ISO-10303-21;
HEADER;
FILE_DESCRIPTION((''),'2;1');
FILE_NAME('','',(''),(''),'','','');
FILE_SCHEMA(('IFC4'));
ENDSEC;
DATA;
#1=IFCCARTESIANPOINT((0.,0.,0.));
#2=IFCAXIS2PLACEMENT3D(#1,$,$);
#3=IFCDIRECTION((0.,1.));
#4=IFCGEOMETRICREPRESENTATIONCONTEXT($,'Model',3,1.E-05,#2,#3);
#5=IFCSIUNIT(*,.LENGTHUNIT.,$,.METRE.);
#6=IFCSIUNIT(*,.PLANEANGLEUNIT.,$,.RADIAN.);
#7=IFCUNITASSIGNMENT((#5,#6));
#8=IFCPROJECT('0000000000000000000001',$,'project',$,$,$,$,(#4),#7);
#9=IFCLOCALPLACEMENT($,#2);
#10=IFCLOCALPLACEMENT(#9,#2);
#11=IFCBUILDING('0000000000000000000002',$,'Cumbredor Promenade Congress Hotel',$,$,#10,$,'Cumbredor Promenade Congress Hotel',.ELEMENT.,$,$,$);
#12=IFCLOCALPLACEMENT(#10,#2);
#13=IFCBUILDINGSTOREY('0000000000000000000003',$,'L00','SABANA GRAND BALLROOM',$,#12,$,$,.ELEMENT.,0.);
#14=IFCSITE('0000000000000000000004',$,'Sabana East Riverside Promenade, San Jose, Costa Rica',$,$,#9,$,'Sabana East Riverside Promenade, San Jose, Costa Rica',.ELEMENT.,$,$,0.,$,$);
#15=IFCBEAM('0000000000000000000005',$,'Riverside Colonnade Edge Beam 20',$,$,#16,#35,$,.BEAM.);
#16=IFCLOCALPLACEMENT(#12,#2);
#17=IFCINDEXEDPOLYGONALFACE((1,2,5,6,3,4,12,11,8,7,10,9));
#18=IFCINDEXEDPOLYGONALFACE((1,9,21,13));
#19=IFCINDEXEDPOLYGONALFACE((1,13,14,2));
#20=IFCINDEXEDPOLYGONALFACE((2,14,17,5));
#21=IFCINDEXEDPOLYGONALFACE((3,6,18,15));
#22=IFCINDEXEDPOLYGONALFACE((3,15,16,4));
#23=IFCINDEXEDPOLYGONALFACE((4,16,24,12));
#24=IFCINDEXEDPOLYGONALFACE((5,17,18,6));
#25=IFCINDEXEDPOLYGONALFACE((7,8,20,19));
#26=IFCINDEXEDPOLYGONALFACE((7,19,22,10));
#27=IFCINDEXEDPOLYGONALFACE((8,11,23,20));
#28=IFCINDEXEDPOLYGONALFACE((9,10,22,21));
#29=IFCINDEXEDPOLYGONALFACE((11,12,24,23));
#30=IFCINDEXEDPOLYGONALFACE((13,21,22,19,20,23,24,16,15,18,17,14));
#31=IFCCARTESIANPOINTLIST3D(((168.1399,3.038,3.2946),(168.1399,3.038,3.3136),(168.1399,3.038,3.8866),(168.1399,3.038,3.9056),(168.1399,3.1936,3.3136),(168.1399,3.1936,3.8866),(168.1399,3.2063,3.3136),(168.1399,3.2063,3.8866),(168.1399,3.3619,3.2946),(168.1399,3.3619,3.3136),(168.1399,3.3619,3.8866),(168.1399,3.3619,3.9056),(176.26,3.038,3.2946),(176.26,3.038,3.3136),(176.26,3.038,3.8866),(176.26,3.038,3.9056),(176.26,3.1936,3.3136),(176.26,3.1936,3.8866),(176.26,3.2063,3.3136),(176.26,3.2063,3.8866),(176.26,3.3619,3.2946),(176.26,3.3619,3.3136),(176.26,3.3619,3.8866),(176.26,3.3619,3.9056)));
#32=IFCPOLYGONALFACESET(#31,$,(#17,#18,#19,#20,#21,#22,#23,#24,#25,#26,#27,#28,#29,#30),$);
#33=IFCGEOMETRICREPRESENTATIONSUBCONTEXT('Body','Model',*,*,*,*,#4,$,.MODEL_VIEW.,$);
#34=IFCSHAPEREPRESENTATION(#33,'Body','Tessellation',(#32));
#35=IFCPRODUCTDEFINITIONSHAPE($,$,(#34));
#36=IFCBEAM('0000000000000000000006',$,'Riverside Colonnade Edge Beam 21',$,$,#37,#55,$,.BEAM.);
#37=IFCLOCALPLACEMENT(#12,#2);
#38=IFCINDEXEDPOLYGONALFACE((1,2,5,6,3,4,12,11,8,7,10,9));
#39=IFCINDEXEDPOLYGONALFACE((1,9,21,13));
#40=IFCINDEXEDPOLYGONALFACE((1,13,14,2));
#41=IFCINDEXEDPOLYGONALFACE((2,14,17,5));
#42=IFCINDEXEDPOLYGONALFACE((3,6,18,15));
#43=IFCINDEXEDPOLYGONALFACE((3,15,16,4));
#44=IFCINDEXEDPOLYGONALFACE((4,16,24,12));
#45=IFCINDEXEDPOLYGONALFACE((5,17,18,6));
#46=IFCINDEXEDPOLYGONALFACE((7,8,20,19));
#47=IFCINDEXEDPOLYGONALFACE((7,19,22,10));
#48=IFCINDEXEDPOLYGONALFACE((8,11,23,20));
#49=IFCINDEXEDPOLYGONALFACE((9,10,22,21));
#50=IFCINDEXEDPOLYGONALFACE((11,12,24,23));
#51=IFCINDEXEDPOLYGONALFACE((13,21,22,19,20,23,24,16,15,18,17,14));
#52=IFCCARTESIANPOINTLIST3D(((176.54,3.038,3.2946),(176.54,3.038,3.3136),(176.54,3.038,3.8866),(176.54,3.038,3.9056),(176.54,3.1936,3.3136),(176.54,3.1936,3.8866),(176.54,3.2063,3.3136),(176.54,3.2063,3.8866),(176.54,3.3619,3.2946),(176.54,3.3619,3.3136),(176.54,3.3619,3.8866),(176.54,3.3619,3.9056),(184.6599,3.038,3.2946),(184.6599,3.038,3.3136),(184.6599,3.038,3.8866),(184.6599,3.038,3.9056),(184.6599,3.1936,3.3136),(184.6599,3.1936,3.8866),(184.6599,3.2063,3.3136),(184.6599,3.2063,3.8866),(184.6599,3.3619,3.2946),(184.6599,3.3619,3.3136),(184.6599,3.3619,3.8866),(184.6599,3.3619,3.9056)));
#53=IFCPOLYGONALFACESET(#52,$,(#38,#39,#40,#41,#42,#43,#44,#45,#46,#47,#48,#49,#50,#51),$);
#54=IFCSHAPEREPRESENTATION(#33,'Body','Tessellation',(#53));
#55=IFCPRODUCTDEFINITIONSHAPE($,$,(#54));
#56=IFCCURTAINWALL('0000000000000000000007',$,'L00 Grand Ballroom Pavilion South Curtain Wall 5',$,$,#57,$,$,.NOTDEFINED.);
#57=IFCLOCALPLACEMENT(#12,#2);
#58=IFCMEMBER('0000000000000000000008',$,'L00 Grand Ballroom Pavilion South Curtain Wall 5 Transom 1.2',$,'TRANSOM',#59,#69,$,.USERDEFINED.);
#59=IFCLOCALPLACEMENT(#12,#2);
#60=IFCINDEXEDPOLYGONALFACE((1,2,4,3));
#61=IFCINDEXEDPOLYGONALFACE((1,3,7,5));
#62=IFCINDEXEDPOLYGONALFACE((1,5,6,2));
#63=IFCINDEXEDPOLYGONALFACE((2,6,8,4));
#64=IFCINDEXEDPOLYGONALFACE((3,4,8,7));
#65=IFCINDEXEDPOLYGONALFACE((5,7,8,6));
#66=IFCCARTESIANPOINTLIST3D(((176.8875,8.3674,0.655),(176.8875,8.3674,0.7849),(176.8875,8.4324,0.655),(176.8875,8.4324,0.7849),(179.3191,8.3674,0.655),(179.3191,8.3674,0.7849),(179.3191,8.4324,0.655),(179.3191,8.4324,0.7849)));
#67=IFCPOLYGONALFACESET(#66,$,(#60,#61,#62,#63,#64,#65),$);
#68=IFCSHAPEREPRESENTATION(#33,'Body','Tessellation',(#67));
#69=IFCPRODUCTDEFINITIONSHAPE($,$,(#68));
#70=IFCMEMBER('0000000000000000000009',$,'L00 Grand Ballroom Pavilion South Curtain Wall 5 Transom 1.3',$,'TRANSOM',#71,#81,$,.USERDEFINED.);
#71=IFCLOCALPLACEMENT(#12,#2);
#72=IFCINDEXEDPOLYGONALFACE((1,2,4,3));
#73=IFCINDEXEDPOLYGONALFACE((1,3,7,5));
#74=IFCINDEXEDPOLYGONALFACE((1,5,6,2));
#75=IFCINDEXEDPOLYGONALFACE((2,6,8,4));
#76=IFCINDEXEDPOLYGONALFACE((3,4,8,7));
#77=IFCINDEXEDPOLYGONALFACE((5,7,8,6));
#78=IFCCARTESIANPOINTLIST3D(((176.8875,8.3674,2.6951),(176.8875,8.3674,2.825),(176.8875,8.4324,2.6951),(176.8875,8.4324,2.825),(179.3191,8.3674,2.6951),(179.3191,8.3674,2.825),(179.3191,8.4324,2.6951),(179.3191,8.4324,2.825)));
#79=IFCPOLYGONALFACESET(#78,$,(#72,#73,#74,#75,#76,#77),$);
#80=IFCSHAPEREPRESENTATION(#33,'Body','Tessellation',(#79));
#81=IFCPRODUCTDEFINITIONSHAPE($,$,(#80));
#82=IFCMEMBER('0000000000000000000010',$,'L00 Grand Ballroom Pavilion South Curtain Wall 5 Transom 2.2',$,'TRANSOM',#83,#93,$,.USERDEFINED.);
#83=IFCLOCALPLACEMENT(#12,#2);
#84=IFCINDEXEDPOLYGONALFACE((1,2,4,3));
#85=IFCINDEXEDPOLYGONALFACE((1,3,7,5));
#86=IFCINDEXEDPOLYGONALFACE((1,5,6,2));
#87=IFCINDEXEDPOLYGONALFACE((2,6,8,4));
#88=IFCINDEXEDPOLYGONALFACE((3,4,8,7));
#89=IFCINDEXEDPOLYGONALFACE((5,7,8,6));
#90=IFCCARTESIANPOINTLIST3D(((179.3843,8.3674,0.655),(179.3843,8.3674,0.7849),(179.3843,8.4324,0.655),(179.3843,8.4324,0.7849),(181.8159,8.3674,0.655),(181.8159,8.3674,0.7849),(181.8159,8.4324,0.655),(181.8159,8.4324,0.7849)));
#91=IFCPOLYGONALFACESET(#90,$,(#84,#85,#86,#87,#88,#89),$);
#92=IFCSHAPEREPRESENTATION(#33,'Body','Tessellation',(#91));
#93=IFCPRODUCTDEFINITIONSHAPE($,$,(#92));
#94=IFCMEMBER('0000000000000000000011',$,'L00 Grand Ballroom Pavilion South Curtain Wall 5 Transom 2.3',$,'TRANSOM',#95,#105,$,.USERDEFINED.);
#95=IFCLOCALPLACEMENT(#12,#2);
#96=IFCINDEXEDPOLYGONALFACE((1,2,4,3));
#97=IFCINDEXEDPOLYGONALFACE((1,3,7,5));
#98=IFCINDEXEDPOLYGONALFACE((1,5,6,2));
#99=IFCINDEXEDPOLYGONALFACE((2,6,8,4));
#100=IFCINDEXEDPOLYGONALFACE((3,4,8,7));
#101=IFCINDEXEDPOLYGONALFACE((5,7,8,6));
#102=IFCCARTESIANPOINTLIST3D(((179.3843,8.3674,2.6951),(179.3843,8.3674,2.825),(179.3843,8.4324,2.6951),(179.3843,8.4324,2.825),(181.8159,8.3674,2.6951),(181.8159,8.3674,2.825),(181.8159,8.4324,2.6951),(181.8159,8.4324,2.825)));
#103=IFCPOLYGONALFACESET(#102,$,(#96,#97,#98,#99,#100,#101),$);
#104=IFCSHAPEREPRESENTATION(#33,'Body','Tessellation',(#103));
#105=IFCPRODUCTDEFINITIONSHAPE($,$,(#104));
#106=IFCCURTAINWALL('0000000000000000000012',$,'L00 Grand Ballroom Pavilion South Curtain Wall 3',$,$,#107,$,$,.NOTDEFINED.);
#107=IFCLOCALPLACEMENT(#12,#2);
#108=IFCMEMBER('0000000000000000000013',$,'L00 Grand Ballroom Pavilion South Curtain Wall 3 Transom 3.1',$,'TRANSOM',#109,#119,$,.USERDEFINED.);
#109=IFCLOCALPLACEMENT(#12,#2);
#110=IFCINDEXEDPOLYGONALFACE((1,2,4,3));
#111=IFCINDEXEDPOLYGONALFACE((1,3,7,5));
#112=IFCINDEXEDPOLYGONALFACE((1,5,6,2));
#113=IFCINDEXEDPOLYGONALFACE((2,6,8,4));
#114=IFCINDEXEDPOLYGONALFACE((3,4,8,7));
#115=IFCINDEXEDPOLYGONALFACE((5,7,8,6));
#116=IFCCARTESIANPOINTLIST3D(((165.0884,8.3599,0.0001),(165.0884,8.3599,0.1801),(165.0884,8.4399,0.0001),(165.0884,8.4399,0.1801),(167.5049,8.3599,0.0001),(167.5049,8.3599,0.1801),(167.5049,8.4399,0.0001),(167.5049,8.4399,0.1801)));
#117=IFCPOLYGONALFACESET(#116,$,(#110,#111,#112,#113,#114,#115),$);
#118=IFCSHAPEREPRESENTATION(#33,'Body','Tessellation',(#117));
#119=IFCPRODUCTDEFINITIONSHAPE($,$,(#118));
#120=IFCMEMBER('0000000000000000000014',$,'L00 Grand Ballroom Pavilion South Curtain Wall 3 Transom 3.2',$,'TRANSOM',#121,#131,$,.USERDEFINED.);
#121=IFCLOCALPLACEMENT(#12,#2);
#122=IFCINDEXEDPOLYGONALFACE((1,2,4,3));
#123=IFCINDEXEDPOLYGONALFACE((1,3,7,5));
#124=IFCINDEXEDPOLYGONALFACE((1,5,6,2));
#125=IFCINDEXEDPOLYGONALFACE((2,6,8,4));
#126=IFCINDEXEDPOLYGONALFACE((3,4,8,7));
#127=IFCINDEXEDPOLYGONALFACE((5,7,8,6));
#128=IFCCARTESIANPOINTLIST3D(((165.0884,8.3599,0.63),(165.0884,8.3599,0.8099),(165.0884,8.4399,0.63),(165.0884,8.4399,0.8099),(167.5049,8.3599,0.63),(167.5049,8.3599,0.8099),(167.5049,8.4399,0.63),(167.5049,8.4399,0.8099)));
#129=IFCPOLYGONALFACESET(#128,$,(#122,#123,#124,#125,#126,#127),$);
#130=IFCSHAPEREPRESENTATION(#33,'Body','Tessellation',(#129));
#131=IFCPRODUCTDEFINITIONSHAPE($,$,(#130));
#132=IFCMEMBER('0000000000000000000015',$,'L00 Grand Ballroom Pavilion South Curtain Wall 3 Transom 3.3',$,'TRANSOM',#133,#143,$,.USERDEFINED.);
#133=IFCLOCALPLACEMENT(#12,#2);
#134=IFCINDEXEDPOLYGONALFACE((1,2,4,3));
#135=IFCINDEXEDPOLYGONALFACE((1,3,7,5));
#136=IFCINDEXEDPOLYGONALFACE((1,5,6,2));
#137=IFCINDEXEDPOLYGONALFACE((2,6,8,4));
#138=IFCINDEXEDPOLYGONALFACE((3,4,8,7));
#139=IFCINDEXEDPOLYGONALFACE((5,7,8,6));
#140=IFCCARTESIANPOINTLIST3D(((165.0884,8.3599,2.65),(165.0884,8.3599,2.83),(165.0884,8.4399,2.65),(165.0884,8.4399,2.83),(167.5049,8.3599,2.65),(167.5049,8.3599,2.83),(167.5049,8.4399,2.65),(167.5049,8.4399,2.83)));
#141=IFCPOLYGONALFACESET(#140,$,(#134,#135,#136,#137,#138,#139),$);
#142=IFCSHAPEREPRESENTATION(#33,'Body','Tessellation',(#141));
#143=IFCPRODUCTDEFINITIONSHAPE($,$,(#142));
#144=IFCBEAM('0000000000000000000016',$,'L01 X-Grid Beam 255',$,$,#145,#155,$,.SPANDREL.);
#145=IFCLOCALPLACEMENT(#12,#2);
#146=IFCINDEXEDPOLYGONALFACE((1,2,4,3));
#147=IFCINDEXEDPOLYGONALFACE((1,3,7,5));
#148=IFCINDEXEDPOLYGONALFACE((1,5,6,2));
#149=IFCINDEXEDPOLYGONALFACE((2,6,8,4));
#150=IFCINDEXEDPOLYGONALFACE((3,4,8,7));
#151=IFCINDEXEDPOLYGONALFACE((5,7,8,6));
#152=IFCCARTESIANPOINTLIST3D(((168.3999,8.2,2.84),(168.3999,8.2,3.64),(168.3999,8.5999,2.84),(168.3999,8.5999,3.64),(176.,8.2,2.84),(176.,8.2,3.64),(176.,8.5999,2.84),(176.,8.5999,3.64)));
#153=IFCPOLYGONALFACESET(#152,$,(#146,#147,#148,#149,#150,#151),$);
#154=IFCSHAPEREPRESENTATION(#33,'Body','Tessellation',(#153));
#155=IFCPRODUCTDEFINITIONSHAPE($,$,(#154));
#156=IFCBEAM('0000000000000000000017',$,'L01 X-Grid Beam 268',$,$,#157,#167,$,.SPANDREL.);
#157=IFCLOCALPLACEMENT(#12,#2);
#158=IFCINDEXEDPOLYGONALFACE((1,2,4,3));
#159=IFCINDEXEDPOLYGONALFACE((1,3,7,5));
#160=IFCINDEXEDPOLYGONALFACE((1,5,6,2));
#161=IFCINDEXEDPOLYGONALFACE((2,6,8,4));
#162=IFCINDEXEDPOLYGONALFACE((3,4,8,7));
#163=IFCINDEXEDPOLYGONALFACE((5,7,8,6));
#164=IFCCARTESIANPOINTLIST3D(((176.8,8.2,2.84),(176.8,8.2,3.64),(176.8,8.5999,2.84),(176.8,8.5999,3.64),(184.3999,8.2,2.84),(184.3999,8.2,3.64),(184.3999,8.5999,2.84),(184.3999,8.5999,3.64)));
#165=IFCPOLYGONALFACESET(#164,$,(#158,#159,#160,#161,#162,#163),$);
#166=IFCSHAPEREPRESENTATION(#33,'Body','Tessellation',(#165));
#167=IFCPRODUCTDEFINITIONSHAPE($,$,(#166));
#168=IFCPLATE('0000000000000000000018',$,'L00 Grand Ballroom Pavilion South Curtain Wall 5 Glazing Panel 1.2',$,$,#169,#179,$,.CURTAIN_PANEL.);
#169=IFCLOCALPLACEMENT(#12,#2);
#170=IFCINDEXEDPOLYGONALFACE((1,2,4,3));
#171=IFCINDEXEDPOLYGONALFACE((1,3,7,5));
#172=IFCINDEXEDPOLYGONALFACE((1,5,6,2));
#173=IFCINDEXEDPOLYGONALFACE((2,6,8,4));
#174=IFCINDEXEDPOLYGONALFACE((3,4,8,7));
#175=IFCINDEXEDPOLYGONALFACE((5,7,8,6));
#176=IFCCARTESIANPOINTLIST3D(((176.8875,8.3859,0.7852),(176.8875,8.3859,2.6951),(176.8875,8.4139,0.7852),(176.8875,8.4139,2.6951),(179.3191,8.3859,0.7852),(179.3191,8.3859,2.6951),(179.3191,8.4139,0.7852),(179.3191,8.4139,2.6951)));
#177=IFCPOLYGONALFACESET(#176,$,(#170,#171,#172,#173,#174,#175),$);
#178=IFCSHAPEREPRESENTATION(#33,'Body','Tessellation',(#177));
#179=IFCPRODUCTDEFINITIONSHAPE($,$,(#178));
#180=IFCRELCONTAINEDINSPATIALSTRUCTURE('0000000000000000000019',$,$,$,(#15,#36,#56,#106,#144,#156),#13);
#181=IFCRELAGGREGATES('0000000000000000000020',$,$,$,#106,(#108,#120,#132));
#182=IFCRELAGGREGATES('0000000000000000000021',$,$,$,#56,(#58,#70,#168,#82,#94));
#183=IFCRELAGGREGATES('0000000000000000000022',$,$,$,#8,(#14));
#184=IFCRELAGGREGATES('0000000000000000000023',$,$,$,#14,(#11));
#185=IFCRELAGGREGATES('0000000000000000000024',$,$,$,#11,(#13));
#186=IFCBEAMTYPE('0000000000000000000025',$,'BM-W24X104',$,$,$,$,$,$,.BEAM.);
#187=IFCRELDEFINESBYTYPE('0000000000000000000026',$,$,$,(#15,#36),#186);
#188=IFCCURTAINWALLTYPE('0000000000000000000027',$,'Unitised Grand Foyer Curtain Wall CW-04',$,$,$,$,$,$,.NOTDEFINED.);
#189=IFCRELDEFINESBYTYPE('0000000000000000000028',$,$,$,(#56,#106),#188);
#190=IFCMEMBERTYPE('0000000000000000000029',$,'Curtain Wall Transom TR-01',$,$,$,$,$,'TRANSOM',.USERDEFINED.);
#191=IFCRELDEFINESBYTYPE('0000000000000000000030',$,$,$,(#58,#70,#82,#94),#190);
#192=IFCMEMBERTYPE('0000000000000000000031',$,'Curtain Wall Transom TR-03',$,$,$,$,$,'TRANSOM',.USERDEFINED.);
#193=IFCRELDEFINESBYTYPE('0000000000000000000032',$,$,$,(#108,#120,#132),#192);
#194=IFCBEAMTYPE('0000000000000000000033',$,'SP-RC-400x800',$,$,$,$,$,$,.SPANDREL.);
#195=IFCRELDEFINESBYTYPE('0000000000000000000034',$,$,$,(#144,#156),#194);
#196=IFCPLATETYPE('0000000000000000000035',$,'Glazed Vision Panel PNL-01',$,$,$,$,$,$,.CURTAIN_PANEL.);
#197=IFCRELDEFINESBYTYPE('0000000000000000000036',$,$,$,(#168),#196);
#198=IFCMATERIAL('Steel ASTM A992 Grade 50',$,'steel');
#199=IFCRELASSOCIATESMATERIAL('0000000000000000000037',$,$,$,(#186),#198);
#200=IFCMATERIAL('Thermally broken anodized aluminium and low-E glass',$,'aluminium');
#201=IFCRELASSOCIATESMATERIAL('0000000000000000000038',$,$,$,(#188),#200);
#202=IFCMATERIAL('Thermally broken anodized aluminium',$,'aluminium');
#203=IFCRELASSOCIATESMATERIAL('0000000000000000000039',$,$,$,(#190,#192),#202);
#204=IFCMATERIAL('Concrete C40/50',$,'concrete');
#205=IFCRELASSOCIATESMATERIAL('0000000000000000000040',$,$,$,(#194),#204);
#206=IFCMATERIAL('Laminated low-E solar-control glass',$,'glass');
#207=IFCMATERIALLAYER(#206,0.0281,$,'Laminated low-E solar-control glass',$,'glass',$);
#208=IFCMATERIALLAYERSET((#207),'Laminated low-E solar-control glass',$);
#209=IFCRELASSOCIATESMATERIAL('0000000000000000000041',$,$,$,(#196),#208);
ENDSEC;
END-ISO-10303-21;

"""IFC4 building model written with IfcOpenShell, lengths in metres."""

from ifc_helpers import new_model, si_unit, direction, frame, origin, origin_2d, place, context, subcontext, project, spatial, rectangle, i_section, extrude, material, layer, layer_set, material_profile, profile_set, type_object, element, aggregate, save


model = new_model("IFC4")

# Units and contexts
model_context = context("Model", 3, precision=1e-05, world=origin(), true_north=direction((0.0, 1.0)))
body_context = subcontext(model_context, "Body", "Model", "MODEL_VIEW")
ifc_project = project(units=[si_unit("LENGTHUNIT", "METRE"), si_unit("PLANEANGLEUNIT", "RADIAN")], contexts=[model_context])

# Site, building, storey
site_placement = place(None, origin())
site = spatial("IfcSite", under=ifc_project, at=site_placement, Name="Sabana East Riverside Promenade, San Jose, Costa Rica", LongName="Sabana East Riverside Promenade, San Jose, Costa Rica", CompositionType="ELEMENT", RefElevation=0.0)
building_placement = place(site_placement, origin())
building = spatial("IfcBuilding", under=site, at=building_placement, Name="Cumbredor Promenade Congress Hotel", LongName="Cumbredor Promenade Congress Hotel", CompositionType="ELEMENT")
storey_placement = place(building_placement, origin())
storey = spatial("IfcBuildingStorey", under=building, at=storey_placement, Name="L00", Description="SABANA GRAND BALLROOM", CompositionType="ELEMENT", Elevation=0.0)

# Beams
ifc_material_1 = material(Name="Steel ASTM A992 Grade 50", Category="steel")
ifc_material_profile_1 = material_profile(ifc_material_1, i_section(OverallWidth=0.324, OverallDepth=0.6111, WebThickness=0.0127, FlangeThickness=0.019, at=origin_2d()), Name="W24X104")
ifc_profile_set_1 = profile_set([ifc_material_profile_1], Name="Steel ASTM A992 Grade 50")
beam_type_1 = type_object("IfcBeamType", Name="BM-W24X104", PredefinedType="BEAM", material=ifc_profile_set_1)
beam_1_placement = place(storey_placement, frame((168.1399, 3.2, 3.6001), z_axis=(1.0, 0.0, 0.0), x_axis=(0.0, 1.0, 0.0)))
element("IfcBeam", 1, at=beam_1_placement, inside=storey, type_object=beam_type_1, Name="Riverside Colonnade Edge Beam 20", PredefinedType="BEAM", context=body_context, shape_type="SweptSolid", body=[
    extrude(i_section(OverallWidth=0.324, OverallDepth=0.6111, WebThickness=0.0127, FlangeThickness=0.019, at=origin_2d()), origin(), (0.0, 0.0, 1.0), 8.1201),
])
beam_2_placement = place(storey_placement, frame((176.54, 3.2, 3.6001), z_axis=(1.0, 0.0, 0.0), x_axis=(0.0, 1.0, 0.0)))
element("IfcBeam", 2, at=beam_2_placement, inside=storey, type_object=beam_type_1, Name="Riverside Colonnade Edge Beam 21", PredefinedType="BEAM", context=body_context, shape_type="SweptSolid", body=[
    extrude(i_section(OverallWidth=0.324, OverallDepth=0.6111, WebThickness=0.0127, FlangeThickness=0.019, at=origin_2d()), origin(), (0.0, 0.0, 1.0), 8.1199),
])

# Curtain walls, members
ifc_material_2 = material(Name="Thermally broken anodized aluminium and low-E glass", Category="aluminium")
curtain_wall_type = type_object("IfcCurtainWallType", Name="Unitised Grand Foyer Curtain Wall CW-04", PredefinedType="NOTDEFINED", material=ifc_material_2)
curtain_wall_1_placement = place(storey_placement, origin())
curtain_wall_1 = element("IfcCurtainWall", 3, at=curtain_wall_1_placement, inside=storey, type_object=curtain_wall_type, Name="L00 Grand Ballroom Pavilion South Curtain Wall 5", PredefinedType="NOTDEFINED")
ifc_material_3 = material(Name="Thermally broken anodized aluminium", Category="aluminium")
ifc_material_profile_2 = material_profile(ifc_material_3, rectangle(XDim=0.0649, YDim=0.1299, at=origin_2d()), Name="ALU TRANSOM 65x130")
ifc_profile_set_2 = profile_set([ifc_material_profile_2], Name="Thermally broken anodized aluminium")
member_type_1 = type_object("IfcMemberType", Name="Curtain Wall Transom TR-01", ElementType="TRANSOM", PredefinedType="USERDEFINED", material=ifc_profile_set_2)
member_1_placement = place(storey_placement, frame((176.8875, 8.3999, 0.72), z_axis=(1.0, 0.0, 0.0), x_axis=(0.0, 1.0, 0.0)))
member_1 = element("IfcMember", 4, at=member_1_placement, type_object=member_type_1, Name="L00 Grand Ballroom Pavilion South Curtain Wall 5 Transom 1.2", ObjectType="TRANSOM", PredefinedType="USERDEFINED", context=body_context, shape_type="SweptSolid", body=[
    extrude(rectangle(XDim=0.0649, YDim=0.1299, at=origin_2d()), origin(), (0.0, 0.0, 1.0), 2.4316),
])
member_2_placement = place(storey_placement, frame((176.8875, 8.3999, 2.76), z_axis=(1.0, 0.0, 0.0), x_axis=(0.0, 1.0, 0.0)))
member_2 = element("IfcMember", 5, at=member_2_placement, type_object=member_type_1, Name="L00 Grand Ballroom Pavilion South Curtain Wall 5 Transom 1.3", ObjectType="TRANSOM", PredefinedType="USERDEFINED", context=body_context, shape_type="SweptSolid", body=[
    extrude(rectangle(XDim=0.0649, YDim=0.1299, at=origin_2d()), origin(), (0.0, 0.0, 1.0), 2.4316),
])
member_3_placement = place(storey_placement, frame((179.3843, 8.3999, 0.72), z_axis=(1.0, 0.0, 0.0), x_axis=(0.0, 1.0, 0.0)))
member_3 = element("IfcMember", 6, at=member_3_placement, type_object=member_type_1, Name="L00 Grand Ballroom Pavilion South Curtain Wall 5 Transom 2.2", ObjectType="TRANSOM", PredefinedType="USERDEFINED", context=body_context, shape_type="SweptSolid", body=[
    extrude(rectangle(XDim=0.0649, YDim=0.1299, at=origin_2d()), origin(), (0.0, 0.0, 1.0), 2.4316),
])
member_4_placement = place(storey_placement, frame((179.3843, 8.3999, 2.76), z_axis=(1.0, 0.0, 0.0), x_axis=(0.0, 1.0, 0.0)))
member_4 = element("IfcMember", 7, at=member_4_placement, type_object=member_type_1, Name="L00 Grand Ballroom Pavilion South Curtain Wall 5 Transom 2.3", ObjectType="TRANSOM", PredefinedType="USERDEFINED", context=body_context, shape_type="SweptSolid", body=[
    extrude(rectangle(XDim=0.0649, YDim=0.1299, at=origin_2d()), origin(), (0.0, 0.0, 1.0), 2.4316),
])
curtain_wall_2_placement = place(storey_placement, origin())
curtain_wall_2 = element("IfcCurtainWall", 8, at=curtain_wall_2_placement, inside=storey, type_object=curtain_wall_type, Name="L00 Grand Ballroom Pavilion South Curtain Wall 3", PredefinedType="NOTDEFINED")
ifc_material_profile_3 = material_profile(ifc_material_3, rectangle(XDim=0.0801, YDim=0.1799, at=origin_2d()), Name="ALU TRANSOM 80x180")
ifc_profile_set_3 = profile_set([ifc_material_profile_3], Name="Thermally broken anodized aluminium")
member_type_2 = type_object("IfcMemberType", Name="Curtain Wall Transom TR-03", ElementType="TRANSOM", PredefinedType="USERDEFINED", material=ifc_profile_set_3)
member_5_placement = place(storey_placement, frame((165.0884, 8.3999, 0.0901), z_axis=(1.0, 0.0, 0.0), x_axis=(0.0, 1.0, 0.0)))
member_5 = element("IfcMember", 9, at=member_5_placement, type_object=member_type_2, Name="L00 Grand Ballroom Pavilion South Curtain Wall 3 Transom 3.1", ObjectType="TRANSOM", PredefinedType="USERDEFINED", context=body_context, shape_type="SweptSolid", body=[
    extrude(rectangle(XDim=0.0801, YDim=0.1799, at=origin_2d()), origin(), (0.0, 0.0, 1.0), 2.4165),
])
member_6_placement = place(storey_placement, frame((165.0884, 8.3999, 0.72), z_axis=(1.0, 0.0, 0.0), x_axis=(0.0, 1.0, 0.0)))
member_6 = element("IfcMember", 10, at=member_6_placement, type_object=member_type_2, Name="L00 Grand Ballroom Pavilion South Curtain Wall 3 Transom 3.2", ObjectType="TRANSOM", PredefinedType="USERDEFINED", context=body_context, shape_type="SweptSolid", body=[
    extrude(rectangle(XDim=0.0801, YDim=0.1799, at=origin_2d()), origin(), (0.0, 0.0, 1.0), 2.4165),
])
member_7_placement = place(storey_placement, frame((165.0884, 8.3999, 2.74), z_axis=(1.0, 0.0, 0.0), x_axis=(0.0, 1.0, 0.0)))
member_7 = element("IfcMember", 11, at=member_7_placement, type_object=member_type_2, Name="L00 Grand Ballroom Pavilion South Curtain Wall 3 Transom 3.3", ObjectType="TRANSOM", PredefinedType="USERDEFINED", context=body_context, shape_type="SweptSolid", body=[
    extrude(rectangle(XDim=0.0801, YDim=0.1799, at=origin_2d()), origin(), (0.0, 0.0, 1.0), 2.4165),
])

# Beams
ifc_material_4 = material(Name="Concrete C40/50", Category="concrete")
ifc_material_profile_4 = material_profile(ifc_material_4, rectangle(XDim=0.3999, YDim=0.8, at=origin_2d()), Name="RC SPANDREL 400x800")
ifc_profile_set_4 = profile_set([ifc_material_profile_4], Name="Concrete C40/50")
beam_type_2 = type_object("IfcBeamType", Name="SP-RC-400x800", PredefinedType="SPANDREL", material=ifc_profile_set_4)
beam_3_placement = place(storey_placement, frame((168.3999, 8.3999, 3.24), z_axis=(1.0, 0.0, 0.0), x_axis=(0.0, 1.0, 0.0)))
element("IfcBeam", 12, at=beam_3_placement, inside=storey, type_object=beam_type_2, Name="L01 X-Grid Beam 255", PredefinedType="SPANDREL", context=body_context, shape_type="SweptSolid", body=[
    extrude(rectangle(XDim=0.3999, YDim=0.8, at=origin_2d()), origin(), (0.0, 0.0, 1.0), 7.6001),
])
beam_4_placement = place(storey_placement, frame((176.8, 8.3999, 3.24), z_axis=(1.0, 0.0, 0.0), x_axis=(0.0, 1.0, 0.0)))
element("IfcBeam", 13, at=beam_4_placement, inside=storey, type_object=beam_type_2, Name="L01 X-Grid Beam 268", PredefinedType="SPANDREL", context=body_context, shape_type="SweptSolid", body=[
    extrude(rectangle(XDim=0.3999, YDim=0.8, at=origin_2d()), origin(), (0.0, 0.0, 1.0), 7.5999),
])

# Plate
ifc_material_5 = material(Name="Laminated low-E solar-control glass", Category="glass")
ifc_layer_1 = layer(ifc_material_5, 0.0281, Name="Laminated low-E solar-control glass", Category="glass")
ifc_layer_set_1 = layer_set([ifc_layer_1], Name="Laminated low-E solar-control glass")
plate_type_1 = type_object("IfcPlateType", Name="Glazed Vision Panel PNL-01", PredefinedType="CURTAIN_PANEL", material=ifc_layer_set_1)
plate_1_placement = place(storey_placement, frame((178.1033, 8.3999, 0.7852), z_axis=(0.0, 0.0, 1.0), x_axis=(1.0, 0.0, 0.0)))
plate_1 = element("IfcPlate", 14, at=plate_1_placement, type_object=plate_type_1, Name="L00 Grand Ballroom Pavilion South Curtain Wall 5 Glazing Panel 1.2", PredefinedType="CURTAIN_PANEL", context=body_context, shape_type="SweptSolid", body=[
    extrude(rectangle(XDim=2.4316, YDim=0.0281, at=origin_2d()), origin(), (0.0, 0.0, 1.0), 1.9099),
])

aggregate(curtain_wall_2, [member_5, member_6, member_7])
aggregate(curtain_wall_1, [member_1, member_2, plate_1, member_3, member_4])

save(model, "model.ifc")
